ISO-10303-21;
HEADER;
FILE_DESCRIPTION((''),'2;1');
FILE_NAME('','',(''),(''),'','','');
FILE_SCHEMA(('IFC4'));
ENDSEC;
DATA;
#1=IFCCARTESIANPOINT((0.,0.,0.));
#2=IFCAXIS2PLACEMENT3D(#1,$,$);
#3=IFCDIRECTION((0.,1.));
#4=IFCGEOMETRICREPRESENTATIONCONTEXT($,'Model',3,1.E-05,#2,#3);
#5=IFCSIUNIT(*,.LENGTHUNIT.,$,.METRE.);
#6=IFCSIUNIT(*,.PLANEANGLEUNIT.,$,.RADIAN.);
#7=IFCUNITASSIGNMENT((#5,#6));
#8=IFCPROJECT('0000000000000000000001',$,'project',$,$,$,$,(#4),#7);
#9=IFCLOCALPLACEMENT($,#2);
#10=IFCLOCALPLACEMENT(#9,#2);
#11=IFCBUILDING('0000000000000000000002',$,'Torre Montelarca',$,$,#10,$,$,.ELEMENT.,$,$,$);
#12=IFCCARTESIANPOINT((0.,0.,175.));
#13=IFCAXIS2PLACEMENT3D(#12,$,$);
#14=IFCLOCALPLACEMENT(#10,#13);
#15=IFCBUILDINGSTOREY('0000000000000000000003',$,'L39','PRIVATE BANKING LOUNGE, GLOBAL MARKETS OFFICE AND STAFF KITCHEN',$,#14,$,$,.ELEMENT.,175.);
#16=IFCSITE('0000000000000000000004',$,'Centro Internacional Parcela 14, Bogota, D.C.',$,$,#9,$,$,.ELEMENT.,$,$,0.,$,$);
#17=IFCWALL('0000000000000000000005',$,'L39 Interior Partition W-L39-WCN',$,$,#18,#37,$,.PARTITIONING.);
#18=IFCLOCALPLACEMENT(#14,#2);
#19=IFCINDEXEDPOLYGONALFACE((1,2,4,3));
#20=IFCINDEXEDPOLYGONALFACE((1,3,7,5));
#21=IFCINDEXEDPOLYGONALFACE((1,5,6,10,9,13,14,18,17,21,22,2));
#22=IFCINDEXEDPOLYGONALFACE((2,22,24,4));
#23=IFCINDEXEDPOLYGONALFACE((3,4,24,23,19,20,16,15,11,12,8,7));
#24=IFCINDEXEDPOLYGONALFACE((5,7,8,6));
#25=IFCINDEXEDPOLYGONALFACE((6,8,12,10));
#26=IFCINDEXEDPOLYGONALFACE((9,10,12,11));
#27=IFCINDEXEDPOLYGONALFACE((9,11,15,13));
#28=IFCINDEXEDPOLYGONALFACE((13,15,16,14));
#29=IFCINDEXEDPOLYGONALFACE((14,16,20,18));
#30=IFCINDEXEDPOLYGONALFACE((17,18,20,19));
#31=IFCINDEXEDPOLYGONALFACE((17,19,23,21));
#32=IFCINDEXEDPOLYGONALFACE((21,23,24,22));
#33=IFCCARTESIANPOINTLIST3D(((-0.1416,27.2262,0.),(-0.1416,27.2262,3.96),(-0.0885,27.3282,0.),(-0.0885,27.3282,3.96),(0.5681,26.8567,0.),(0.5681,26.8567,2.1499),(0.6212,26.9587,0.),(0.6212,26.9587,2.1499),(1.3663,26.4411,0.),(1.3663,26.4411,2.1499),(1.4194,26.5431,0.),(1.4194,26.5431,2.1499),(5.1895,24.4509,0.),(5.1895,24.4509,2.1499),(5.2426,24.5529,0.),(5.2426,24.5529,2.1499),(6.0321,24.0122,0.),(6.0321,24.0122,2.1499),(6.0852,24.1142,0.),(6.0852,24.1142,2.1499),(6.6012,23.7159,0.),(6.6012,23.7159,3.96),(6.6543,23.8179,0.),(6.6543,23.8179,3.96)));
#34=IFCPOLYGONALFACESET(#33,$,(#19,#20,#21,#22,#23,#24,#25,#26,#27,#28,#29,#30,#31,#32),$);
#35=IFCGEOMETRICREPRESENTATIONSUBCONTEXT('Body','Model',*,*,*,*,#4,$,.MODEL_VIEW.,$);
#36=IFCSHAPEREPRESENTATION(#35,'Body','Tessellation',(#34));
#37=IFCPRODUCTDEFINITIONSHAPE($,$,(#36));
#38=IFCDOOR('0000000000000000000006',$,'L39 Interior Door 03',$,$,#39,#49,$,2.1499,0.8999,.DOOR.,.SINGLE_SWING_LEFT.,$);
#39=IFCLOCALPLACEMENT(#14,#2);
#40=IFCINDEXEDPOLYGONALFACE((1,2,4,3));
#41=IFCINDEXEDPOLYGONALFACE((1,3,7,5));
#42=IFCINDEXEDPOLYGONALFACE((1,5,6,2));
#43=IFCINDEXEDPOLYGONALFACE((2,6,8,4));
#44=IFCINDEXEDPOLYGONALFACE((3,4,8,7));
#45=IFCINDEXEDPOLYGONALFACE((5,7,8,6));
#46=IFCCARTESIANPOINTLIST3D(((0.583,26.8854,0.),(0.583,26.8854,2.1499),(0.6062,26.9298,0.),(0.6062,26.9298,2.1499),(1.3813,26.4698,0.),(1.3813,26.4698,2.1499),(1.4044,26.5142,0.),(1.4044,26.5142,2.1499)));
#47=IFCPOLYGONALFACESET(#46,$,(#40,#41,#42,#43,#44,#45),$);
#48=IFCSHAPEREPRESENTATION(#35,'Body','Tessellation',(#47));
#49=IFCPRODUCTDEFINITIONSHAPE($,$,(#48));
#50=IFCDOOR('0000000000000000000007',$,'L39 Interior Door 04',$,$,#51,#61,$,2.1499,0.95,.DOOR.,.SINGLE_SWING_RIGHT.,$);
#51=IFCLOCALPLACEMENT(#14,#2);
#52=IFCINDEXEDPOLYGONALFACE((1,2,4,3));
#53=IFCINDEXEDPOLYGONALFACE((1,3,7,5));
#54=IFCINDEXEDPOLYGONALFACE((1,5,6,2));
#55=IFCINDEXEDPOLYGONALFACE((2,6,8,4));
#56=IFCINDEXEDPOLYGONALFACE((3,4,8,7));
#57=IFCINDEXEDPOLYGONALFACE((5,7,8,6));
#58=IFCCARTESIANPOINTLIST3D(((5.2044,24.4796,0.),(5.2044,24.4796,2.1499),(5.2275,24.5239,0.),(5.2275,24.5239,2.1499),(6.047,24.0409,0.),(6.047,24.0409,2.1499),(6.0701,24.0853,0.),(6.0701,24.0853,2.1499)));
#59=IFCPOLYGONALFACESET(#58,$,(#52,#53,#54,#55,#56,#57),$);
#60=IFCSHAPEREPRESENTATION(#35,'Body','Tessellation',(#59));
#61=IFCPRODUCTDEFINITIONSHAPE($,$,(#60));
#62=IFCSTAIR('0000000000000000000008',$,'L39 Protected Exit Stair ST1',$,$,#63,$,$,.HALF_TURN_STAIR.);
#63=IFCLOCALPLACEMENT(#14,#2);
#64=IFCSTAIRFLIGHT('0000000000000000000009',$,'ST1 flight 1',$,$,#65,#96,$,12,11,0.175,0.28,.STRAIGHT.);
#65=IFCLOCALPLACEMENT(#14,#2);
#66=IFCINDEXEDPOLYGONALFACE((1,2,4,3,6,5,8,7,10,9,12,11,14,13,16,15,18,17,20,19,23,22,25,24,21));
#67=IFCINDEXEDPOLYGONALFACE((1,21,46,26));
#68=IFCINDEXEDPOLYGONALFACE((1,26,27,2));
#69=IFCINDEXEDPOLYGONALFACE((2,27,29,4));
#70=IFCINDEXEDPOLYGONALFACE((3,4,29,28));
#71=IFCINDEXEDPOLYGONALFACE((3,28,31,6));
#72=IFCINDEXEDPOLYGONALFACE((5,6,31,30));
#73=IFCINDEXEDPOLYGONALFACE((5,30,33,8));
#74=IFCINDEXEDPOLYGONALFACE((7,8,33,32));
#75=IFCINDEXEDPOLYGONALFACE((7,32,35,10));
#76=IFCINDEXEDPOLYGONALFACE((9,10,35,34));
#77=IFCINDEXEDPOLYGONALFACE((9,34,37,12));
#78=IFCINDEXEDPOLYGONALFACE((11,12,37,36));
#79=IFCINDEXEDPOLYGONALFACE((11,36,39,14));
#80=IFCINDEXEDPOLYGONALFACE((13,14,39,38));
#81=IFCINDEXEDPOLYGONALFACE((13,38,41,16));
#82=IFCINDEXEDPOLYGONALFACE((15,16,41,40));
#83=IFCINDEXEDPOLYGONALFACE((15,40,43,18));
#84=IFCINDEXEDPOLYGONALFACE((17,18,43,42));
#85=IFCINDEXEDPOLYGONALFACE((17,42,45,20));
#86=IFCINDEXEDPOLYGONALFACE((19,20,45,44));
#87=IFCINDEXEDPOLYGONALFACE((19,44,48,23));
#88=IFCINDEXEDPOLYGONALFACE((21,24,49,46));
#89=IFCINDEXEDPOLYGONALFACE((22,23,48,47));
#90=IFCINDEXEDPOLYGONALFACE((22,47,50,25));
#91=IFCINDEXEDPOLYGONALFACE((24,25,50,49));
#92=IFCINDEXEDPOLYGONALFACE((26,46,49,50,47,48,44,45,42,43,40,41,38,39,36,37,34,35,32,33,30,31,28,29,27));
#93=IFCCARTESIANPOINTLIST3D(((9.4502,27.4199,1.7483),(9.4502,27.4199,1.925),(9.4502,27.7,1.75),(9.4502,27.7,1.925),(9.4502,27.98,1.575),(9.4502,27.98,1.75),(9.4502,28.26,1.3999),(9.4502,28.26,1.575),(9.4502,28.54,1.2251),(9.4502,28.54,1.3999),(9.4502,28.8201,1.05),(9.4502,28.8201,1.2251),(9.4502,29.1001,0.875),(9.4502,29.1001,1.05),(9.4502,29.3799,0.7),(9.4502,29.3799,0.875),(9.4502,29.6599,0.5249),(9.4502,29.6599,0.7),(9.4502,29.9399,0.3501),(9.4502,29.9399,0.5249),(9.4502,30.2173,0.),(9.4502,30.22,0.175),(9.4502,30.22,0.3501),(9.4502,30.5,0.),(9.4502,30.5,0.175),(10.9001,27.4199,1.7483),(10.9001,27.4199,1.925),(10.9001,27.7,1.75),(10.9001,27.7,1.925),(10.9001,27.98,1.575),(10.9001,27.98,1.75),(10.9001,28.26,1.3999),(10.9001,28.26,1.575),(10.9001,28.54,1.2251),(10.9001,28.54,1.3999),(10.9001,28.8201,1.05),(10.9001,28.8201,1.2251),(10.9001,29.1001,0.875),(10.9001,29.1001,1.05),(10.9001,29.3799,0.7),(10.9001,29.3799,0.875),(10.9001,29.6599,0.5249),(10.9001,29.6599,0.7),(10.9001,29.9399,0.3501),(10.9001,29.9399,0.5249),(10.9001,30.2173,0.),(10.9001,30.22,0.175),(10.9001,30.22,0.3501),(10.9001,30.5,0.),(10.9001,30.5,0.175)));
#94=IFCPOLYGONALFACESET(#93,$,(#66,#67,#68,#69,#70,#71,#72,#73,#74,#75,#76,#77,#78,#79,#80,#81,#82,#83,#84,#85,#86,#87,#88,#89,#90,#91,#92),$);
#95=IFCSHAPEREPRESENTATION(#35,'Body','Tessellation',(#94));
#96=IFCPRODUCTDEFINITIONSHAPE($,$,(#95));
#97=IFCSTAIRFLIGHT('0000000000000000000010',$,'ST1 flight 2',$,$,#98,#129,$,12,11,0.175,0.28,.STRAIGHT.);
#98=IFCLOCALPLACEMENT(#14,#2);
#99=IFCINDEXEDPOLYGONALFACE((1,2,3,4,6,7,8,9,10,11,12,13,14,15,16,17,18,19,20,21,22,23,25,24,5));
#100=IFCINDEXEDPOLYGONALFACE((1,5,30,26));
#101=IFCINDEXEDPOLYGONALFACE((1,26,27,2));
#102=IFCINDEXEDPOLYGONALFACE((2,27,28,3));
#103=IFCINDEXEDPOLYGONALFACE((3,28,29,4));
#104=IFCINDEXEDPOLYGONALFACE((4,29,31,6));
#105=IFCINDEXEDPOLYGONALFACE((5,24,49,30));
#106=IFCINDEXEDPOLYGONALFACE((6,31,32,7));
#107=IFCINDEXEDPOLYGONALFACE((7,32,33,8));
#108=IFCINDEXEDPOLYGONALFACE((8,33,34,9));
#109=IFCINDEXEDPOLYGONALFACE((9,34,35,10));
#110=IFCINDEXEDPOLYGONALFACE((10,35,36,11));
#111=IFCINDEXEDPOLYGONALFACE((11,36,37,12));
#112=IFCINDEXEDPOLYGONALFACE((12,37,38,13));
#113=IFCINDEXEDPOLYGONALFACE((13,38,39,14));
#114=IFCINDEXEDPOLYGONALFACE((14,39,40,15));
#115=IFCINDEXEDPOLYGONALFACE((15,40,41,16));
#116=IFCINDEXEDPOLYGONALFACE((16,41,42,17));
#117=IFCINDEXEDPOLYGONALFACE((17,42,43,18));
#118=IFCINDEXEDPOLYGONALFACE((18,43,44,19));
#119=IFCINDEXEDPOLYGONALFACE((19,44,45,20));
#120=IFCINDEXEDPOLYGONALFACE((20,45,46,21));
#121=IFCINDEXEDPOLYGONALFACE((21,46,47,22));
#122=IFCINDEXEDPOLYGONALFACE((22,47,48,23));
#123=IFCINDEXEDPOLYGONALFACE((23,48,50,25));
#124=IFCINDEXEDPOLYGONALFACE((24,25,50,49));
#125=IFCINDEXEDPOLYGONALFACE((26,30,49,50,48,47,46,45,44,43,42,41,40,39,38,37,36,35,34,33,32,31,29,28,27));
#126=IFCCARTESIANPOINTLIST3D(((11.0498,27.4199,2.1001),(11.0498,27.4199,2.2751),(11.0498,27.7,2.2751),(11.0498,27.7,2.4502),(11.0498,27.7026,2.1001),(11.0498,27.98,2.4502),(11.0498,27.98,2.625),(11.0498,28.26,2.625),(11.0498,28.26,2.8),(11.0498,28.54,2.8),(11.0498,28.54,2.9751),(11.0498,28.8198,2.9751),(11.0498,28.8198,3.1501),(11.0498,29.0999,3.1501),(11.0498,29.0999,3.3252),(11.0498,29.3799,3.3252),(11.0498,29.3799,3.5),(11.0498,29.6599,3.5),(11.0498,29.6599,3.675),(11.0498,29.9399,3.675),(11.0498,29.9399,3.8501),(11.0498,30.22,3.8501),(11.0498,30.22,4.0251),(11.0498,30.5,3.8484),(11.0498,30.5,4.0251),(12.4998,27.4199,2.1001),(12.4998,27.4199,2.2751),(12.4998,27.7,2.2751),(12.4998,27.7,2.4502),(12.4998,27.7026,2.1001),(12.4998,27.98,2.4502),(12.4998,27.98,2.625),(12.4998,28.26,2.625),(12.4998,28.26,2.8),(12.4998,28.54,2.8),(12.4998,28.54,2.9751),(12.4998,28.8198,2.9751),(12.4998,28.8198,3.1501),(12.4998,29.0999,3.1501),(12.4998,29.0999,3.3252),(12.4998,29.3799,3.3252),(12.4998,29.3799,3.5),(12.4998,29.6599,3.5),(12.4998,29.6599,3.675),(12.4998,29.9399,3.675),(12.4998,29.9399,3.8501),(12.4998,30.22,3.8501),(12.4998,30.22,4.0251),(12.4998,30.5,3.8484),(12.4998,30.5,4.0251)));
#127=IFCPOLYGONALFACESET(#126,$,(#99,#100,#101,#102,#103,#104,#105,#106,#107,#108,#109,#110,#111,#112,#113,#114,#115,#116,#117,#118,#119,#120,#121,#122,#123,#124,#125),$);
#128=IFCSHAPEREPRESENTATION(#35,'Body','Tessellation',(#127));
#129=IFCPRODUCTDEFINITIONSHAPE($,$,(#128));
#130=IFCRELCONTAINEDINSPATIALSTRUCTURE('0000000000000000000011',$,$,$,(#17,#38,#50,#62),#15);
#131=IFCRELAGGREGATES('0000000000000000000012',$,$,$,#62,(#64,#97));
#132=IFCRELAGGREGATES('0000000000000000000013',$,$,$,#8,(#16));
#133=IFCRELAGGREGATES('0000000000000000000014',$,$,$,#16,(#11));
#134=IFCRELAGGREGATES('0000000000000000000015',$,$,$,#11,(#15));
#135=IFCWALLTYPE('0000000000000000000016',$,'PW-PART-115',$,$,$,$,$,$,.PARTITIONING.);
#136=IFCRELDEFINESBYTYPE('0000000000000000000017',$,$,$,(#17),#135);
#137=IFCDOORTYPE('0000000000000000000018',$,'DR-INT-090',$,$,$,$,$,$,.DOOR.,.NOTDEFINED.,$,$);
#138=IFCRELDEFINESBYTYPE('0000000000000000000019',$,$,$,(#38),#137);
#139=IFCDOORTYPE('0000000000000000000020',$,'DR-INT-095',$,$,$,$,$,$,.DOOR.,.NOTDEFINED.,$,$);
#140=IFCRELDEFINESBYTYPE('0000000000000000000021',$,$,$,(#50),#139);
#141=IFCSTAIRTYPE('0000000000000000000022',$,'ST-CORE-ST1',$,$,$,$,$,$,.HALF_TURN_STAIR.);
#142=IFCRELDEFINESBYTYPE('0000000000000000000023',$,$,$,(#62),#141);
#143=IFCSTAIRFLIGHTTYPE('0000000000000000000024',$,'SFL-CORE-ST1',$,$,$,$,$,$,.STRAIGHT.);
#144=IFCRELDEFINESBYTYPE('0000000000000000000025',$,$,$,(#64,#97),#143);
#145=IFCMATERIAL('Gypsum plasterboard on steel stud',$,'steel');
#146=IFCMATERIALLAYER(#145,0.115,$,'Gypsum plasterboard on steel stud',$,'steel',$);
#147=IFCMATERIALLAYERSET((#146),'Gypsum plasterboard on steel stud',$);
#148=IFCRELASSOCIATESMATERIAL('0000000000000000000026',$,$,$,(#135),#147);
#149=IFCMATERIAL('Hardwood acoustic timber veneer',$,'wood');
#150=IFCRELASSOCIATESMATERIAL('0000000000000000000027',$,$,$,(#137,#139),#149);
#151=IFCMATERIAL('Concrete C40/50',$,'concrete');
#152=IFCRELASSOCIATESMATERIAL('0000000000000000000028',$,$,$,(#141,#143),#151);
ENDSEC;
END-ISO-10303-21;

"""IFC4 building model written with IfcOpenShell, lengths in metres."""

from ifc_helpers import new_model, si_unit, direction, frame, frame_2d, origin, place, context, subcontext, project, spatial, polyline, rectangle, outline, extrude, source, transform, mapped, material, layer, layer_set, type_object, element, fill, aggregate, save


model = new_model("IFC4")

# Units and contexts
model_context = context("Model", 3, precision=1e-05, world=origin(), true_north=direction((0.0, 1.0)))
body_context = subcontext(model_context, "Body", "Model", "MODEL_VIEW")
ifc_project = project(units=[si_unit("LENGTHUNIT", "METRE"), si_unit("PLANEANGLEUNIT", "RADIAN")], contexts=[model_context])

# Site, building, storey
site_placement = place(None, origin())
site = spatial("IfcSite", under=ifc_project, at=site_placement, Name="Centro Internacional Parcela 14, Bogota, D.C.", CompositionType="ELEMENT", RefElevation=0.0)
building_placement = place(site_placement, origin())
building = spatial("IfcBuilding", under=site, at=building_placement, Name="Torre Montelarca", CompositionType="ELEMENT")
storey_placement = place(building_placement, frame((0.0, 0.0, 175.0)))
storey = spatial("IfcBuildingStorey", under=building, at=storey_placement, Name="L39", Description="PRIVATE BANKING LOUNGE, GLOBAL MARKETS OFFICE AND STAFF KITCHEN", CompositionType="ELEMENT", Elevation=175.0)

# Shared definitions
ifc_material_1 = material(Name="Concrete C40/50", Category="concrete")

# Shared definitions
ifc_material_2 = material(Name="Gypsum plasterboard on steel stud", Category="steel")

# Wall, openings, doors
ifc_layer_1 = layer(ifc_material_2, 0.115, Name="Gypsum plasterboard on steel stud", Category="steel")
ifc_layer_set_1 = layer_set([ifc_layer_1], Name="Gypsum plasterboard on steel stud")
wall_type_1 = type_object("IfcWallType", Name="PW-PART-115", PredefinedType="PARTITIONING", material=ifc_layer_set_1)
wall_1_placement = place(storey_placement, frame((-0.115, 27.2771, 0.0), z_axis=(0.0, 0.0, 1.0), x_axis=(0.887005, -0.46176, 0.0)))
wall_1 = element("IfcWall", 1, at=wall_1_placement, inside=storey, type_object=wall_type_1, Name="L39 Interior Partition W-L39-WCN", PredefinedType="PARTITIONING", context=body_context, shape_type="SweptSolid", body=[
    extrude(rectangle(XDim=7.6018, YDim=0.115, at=frame_2d((3.8008, 0.0))), origin(), (0.0, 0.0, 1.0), 3.96),
])
opening_1_placement = place(wall_1_placement, frame((0.8, 0.0, 0.0)))
opening_1 = element("IfcOpeningElement", 2, at=opening_1_placement, cuts=wall_1, PredefinedType="OPENING", context=body_context, shape_type="SweptSolid", body=[
    extrude(rectangle(XDim=0.8999, YDim=2.1499, at=frame_2d((0.45, 1.075))), frame((0.0, 0.0674, 0.0), z_axis=(0.0, -1.0, 0.0), x_axis=(1.0, 0.0, 0.0)), (0.0, 0.0, 1.0), 0.135),
])
opening_2_placement = place(wall_1_placement, frame((6.01, 0.0, 0.0)))
opening_2 = element("IfcOpeningElement", 3, at=opening_2_placement, cuts=wall_1, PredefinedType="OPENING", context=body_context, shape_type="SweptSolid", body=[
    extrude(rectangle(XDim=0.95, YDim=2.1499, at=frame_2d((0.4751, 1.075))), frame((0.0, 0.0674, 0.0), z_axis=(0.0, -1.0, 0.0), x_axis=(1.0, 0.0, 0.0)), (0.0, 0.0, 1.0), 0.135),
])
ifc_material_3 = material(Name="Hardwood acoustic timber veneer", Category="wood")
door_type_1 = type_object("IfcDoorType", Name="DR-INT-090", OperationType="NOTDEFINED", PredefinedType="DOOR", material=ifc_material_3)
shared_shape_1 = source(origin(), body_context, "Body", "SweptSolid", [
    extrude(rectangle(XDim=0.8999, YDim=2.1499, at=frame_2d((0.45, 1.075))), frame((0.0, 0.0249, 0.0), z_axis=(0.0, -1.0, 0.0), x_axis=(1.0, 0.0, 0.0)), (0.0, 0.0, 1.0), 0.05),
])
door_1_placement = place(opening_1_placement, origin())
door_1 = element("IfcDoor", 4, at=door_1_placement, inside=storey, type_object=door_type_1, Name="L39 Interior Door 03", OperationType="SINGLE_SWING_LEFT", OverallHeight=2.1499, OverallWidth=0.8999, PredefinedType="DOOR", context=body_context, shape_type="MappedRepresentation", body=[
    mapped(shared_shape_1, transform((0.0, 0.0, 0.0), scale=1.0)),
])
fill(opening_1, door_1)
door_type_2 = type_object("IfcDoorType", Name="DR-INT-095", OperationType="NOTDEFINED", PredefinedType="DOOR", material=ifc_material_3)
shared_shape_2 = source(origin(), body_context, "Body", "SweptSolid", [
    extrude(rectangle(XDim=0.95, YDim=2.1499, at=frame_2d((0.4751, 1.075))), frame((0.0, 0.0249, 0.0), z_axis=(0.0, -1.0, 0.0), x_axis=(1.0, 0.0, 0.0)), (0.0, 0.0, 1.0), 0.05),
])
door_2_placement = place(opening_2_placement, origin())
door_2 = element("IfcDoor", 5, at=door_2_placement, inside=storey, type_object=door_type_2, Name="L39 Interior Door 04", OperationType="SINGLE_SWING_RIGHT", OverallHeight=2.1499, OverallWidth=0.95, PredefinedType="DOOR", context=body_context, shape_type="MappedRepresentation", body=[
    mapped(shared_shape_2, transform((0.0, 0.0, 0.0), scale=1.0)),
])
fill(opening_2, door_2)

# Stair, stair flights
stair_type = type_object("IfcStairType", Name="ST-CORE-ST1", PredefinedType="HALF_TURN_STAIR", material=ifc_material_1)
stair_placement = place(storey_placement, origin())
stair = element("IfcStair", 6, at=stair_placement, inside=storey, type_object=stair_type, Name="L39 Protected Exit Stair ST1", PredefinedType="HALF_TURN_STAIR")
stair_flight_type = type_object("IfcStairFlightType", Name="SFL-CORE-ST1", PredefinedType="STRAIGHT", material=ifc_material_1)
stair_flight_1_placement = place(storey_placement, frame((10.175, 30.5, 0.0), z_axis=(0.0, 0.0, 1.0), x_axis=(0.0, -1.0, 0.0)))
stair_flight_1 = element("IfcStairFlight", 7, at=stair_flight_1_placement, type_object=stair_flight_type, Name="ST1 flight 1", NumberOfRisers=12, NumberOfTreads=11, PredefinedType="STRAIGHT", RiserHeight=0.175, TreadLength=0.28, context=body_context, shape_type="SweptSolid", body=[
    extrude(outline(polyline([(0.0, 0.0), (0.0, 0.175), (0.28, 0.175), (0.28, 0.3501), (0.5601, 0.3501), (0.5601, 0.5249), (0.8401, 0.5249), (0.8401, 0.7), (1.1201, 0.7), (1.1201, 0.875), (1.3999, 0.875), (1.3999, 1.05), (1.6799, 1.05), (1.6799, 1.2251), (1.96, 1.2251), (1.96, 1.3999), (2.24, 1.3999), (2.24, 1.575), (2.52, 1.575), (2.52, 1.75), (2.8, 1.75), (2.8, 1.925), (3.0801, 1.925), (3.0801, 2.1001), (3.0801, 1.7483), (0.2827, 0.0), (0.0, 0.0)])), frame((0.0, 0.7251, 0.0), z_axis=(0.0, -1.0, 0.0), x_axis=(1.0, 0.0, 0.0)), (0.0, 0.0, 1.0), 1.45),
])
stair_flight_2_placement = place(storey_placement, frame((11.7749, 27.4199, 2.1001), z_axis=(0.0, 0.0, 1.0), x_axis=(0.0, 1.0, 0.0)))
stair_flight_2 = element("IfcStairFlight", 8, at=stair_flight_2_placement, type_object=stair_flight_type, Name="ST1 flight 2", NumberOfRisers=12, NumberOfTreads=11, PredefinedType="STRAIGHT", RiserHeight=0.175, TreadLength=0.28, context=body_context, shape_type="SweptSolid", body=[
    extrude(outline(polyline([(0.0, 0.0), (0.0, 0.175), (0.28, 0.175), (0.28, 0.3501), (0.5601, 0.3501), (0.5601, 0.5249), (0.8401, 0.5249), (0.8401, 0.7), (1.1201, 0.7), (1.1201, 0.875), (1.3999, 0.875), (1.3999, 1.05), (1.6799, 1.05), (1.6799, 1.2251), (1.96, 1.2251), (1.96, 1.3999), (2.24, 1.3999), (2.24, 1.575), (2.52, 1.575), (2.52, 1.75), (2.8, 1.75), (2.8, 1.925), (3.0801, 1.925), (3.0801, 2.1001), (3.0801, 1.7483), (0.2827, 0.0), (0.0, 0.0)])), frame((0.0, 0.7251, 0.0), z_axis=(0.0, -1.0, 0.0), x_axis=(1.0, 0.0, 0.0)), (0.0, 0.0, 1.0), 1.45),
])
aggregate(stair, [stair_flight_1, stair_flight_2])

save(model, "model.ifc")
